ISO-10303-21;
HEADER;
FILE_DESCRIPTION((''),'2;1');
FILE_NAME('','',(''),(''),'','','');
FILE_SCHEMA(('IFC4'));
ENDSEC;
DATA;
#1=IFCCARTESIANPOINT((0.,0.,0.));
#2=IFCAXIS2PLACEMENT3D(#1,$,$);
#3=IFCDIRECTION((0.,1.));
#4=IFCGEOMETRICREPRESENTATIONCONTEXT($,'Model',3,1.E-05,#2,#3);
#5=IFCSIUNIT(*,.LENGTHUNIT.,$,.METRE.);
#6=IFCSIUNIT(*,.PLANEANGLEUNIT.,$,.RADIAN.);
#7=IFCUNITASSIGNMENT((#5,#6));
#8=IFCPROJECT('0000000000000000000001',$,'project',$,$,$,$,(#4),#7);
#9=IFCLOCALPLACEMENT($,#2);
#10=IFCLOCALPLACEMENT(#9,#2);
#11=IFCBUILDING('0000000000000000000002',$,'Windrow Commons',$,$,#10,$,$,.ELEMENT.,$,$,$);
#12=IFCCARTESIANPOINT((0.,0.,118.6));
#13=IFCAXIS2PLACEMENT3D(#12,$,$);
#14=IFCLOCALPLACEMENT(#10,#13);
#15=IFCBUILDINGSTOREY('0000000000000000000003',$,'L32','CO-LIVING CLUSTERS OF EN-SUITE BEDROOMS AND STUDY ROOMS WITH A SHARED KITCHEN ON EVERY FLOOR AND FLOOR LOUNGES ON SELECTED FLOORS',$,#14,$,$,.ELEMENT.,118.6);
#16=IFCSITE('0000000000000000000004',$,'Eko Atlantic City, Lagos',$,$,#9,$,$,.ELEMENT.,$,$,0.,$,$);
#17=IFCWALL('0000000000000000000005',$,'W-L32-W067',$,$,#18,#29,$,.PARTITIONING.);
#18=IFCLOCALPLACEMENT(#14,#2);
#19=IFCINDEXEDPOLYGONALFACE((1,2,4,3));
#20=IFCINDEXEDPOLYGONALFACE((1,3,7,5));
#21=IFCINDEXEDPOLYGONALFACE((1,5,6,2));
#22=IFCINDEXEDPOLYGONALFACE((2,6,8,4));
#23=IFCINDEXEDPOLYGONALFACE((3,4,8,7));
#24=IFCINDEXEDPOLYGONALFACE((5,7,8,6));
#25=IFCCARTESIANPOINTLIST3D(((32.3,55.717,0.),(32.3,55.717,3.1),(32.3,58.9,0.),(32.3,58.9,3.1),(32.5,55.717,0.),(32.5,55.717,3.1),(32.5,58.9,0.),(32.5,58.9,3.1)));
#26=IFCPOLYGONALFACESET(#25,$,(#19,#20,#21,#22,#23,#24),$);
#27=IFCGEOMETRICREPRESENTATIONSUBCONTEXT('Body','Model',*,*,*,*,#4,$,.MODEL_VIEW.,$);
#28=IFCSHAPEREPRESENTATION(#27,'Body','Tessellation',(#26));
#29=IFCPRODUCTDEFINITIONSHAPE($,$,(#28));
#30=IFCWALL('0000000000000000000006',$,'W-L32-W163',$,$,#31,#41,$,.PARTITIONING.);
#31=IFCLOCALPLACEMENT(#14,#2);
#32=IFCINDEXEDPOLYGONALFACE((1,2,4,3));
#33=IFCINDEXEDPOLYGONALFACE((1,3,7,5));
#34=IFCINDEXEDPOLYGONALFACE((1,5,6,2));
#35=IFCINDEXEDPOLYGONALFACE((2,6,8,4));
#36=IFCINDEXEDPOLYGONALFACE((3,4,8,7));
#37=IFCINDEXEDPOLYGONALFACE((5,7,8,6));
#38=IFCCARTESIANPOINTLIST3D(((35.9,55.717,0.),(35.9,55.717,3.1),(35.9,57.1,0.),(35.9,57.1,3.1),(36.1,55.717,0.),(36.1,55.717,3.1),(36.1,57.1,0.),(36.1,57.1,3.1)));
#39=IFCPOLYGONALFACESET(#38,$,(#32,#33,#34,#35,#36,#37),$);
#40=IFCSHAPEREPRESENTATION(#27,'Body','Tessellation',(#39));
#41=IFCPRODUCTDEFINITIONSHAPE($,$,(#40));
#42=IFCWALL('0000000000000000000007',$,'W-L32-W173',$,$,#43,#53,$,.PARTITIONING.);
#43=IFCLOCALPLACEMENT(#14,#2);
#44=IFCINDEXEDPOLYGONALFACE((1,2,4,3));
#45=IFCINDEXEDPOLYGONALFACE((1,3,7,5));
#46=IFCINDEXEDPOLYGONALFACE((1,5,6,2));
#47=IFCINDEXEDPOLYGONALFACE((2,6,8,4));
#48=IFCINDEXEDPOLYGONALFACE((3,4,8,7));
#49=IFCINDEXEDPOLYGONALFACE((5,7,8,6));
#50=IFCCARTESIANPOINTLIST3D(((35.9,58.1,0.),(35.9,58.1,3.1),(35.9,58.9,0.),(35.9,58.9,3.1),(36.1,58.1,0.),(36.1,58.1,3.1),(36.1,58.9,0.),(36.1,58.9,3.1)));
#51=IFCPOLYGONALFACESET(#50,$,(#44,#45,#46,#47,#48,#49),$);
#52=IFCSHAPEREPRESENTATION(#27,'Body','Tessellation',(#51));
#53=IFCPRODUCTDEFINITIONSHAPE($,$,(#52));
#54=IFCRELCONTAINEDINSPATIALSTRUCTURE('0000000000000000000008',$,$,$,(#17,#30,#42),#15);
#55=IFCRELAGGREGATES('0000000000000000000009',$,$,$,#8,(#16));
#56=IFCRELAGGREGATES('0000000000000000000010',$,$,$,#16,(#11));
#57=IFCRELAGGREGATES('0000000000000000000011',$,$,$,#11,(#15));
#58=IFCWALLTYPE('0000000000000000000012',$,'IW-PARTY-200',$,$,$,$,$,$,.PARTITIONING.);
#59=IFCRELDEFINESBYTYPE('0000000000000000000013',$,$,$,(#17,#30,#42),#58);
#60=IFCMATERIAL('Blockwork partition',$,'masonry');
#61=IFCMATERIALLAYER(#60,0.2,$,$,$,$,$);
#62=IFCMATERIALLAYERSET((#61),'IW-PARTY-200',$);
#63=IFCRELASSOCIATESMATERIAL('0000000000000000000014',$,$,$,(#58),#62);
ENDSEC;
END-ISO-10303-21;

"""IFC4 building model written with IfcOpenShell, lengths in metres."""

from ifc_helpers import new_model, si_unit, direction, frame, frame_2d, origin, place, context, subcontext, project, spatial, rectangle, extrude, material, layer, layer_set, type_object, element, save


model = new_model("IFC4")

# Units and contexts
model_context = context("Model", 3, precision=1e-05, world=origin(), true_north=direction((0.0, 1.0)))
body_context = subcontext(model_context, "Body", "Model", "MODEL_VIEW")
ifc_project = project(units=[si_unit("LENGTHUNIT", "METRE"), si_unit("PLANEANGLEUNIT", "RADIAN")], contexts=[model_context])

# Site, building, storey
site_placement = place(None, origin())
site = spatial("IfcSite", under=ifc_project, at=site_placement, Name="Eko Atlantic City, Lagos", CompositionType="ELEMENT", RefElevation=0.0)
building_placement = place(site_placement, origin())
building = spatial("IfcBuilding", under=site, at=building_placement, Name="Windrow Commons", CompositionType="ELEMENT")
storey_placement = place(building_placement, frame((0.0, 0.0, 118.6)))
storey = spatial("IfcBuildingStorey", under=building, at=storey_placement, Name="L32", Description="CO-LIVING CLUSTERS OF EN-SUITE BEDROOMS AND STUDY ROOMS WITH A SHARED KITCHEN ON EVERY FLOOR AND FLOOR LOUNGES ON SELECTED FLOORS", CompositionType="ELEMENT", Elevation=118.6)

# Walls
ifc_material_1 = material(Name="Blockwork partition", Category="masonry")
ifc_layer_1 = layer(ifc_material_1, 0.2)
ifc_layer_set_1 = layer_set([ifc_layer_1], Name="IW-PARTY-200")
wall_type_1 = type_object("IfcWallType", Name="IW-PARTY-200", PredefinedType="PARTITIONING", material=ifc_layer_set_1)
wall_1_placement = place(storey_placement, frame((32.4, 55.717, 0.0), z_axis=(0.0, 0.0, 1.0), x_axis=(0.0, 1.0, 0.0)))
element("IfcWall", 1, at=wall_1_placement, inside=storey, type_object=wall_type_1, Name="W-L32-W067", PredefinedType="PARTITIONING", context=body_context, shape_type="SweptSolid", body=[
    extrude(rectangle(XDim=3.183, YDim=0.2, at=frame_2d((1.5915, 0.0))), origin(), (0.0, 0.0, 1.0), 3.1),
])
wall_2_placement = place(storey_placement, frame((36.0, 55.717, 0.0), z_axis=(0.0, 0.0, 1.0), x_axis=(0.0, 1.0, 0.0)))
element("IfcWall", 2, at=wall_2_placement, inside=storey, type_object=wall_type_1, Name="W-L32-W163", PredefinedType="PARTITIONING", context=body_context, shape_type="SweptSolid", body=[
    extrude(rectangle(XDim=1.383, YDim=0.2, at=frame_2d((0.6915, 0.0))), origin(), (0.0, 0.0, 1.0), 3.1),
])
wall_3_placement = place(storey_placement, frame((36.0, 58.1, 0.0), z_axis=(0.0, 0.0, 1.0), x_axis=(0.0, 1.0, 0.0)))
element("IfcWall", 3, at=wall_3_placement, inside=storey, type_object=wall_type_1, Name="W-L32-W173", PredefinedType="PARTITIONING", context=body_context, shape_type="SweptSolid", body=[
    extrude(rectangle(XDim=0.8, YDim=0.2, at=frame_2d((0.4, 0.0))), origin(), (0.0, 0.0, 1.0), 3.1),
])

save(model, "model.ifc")
